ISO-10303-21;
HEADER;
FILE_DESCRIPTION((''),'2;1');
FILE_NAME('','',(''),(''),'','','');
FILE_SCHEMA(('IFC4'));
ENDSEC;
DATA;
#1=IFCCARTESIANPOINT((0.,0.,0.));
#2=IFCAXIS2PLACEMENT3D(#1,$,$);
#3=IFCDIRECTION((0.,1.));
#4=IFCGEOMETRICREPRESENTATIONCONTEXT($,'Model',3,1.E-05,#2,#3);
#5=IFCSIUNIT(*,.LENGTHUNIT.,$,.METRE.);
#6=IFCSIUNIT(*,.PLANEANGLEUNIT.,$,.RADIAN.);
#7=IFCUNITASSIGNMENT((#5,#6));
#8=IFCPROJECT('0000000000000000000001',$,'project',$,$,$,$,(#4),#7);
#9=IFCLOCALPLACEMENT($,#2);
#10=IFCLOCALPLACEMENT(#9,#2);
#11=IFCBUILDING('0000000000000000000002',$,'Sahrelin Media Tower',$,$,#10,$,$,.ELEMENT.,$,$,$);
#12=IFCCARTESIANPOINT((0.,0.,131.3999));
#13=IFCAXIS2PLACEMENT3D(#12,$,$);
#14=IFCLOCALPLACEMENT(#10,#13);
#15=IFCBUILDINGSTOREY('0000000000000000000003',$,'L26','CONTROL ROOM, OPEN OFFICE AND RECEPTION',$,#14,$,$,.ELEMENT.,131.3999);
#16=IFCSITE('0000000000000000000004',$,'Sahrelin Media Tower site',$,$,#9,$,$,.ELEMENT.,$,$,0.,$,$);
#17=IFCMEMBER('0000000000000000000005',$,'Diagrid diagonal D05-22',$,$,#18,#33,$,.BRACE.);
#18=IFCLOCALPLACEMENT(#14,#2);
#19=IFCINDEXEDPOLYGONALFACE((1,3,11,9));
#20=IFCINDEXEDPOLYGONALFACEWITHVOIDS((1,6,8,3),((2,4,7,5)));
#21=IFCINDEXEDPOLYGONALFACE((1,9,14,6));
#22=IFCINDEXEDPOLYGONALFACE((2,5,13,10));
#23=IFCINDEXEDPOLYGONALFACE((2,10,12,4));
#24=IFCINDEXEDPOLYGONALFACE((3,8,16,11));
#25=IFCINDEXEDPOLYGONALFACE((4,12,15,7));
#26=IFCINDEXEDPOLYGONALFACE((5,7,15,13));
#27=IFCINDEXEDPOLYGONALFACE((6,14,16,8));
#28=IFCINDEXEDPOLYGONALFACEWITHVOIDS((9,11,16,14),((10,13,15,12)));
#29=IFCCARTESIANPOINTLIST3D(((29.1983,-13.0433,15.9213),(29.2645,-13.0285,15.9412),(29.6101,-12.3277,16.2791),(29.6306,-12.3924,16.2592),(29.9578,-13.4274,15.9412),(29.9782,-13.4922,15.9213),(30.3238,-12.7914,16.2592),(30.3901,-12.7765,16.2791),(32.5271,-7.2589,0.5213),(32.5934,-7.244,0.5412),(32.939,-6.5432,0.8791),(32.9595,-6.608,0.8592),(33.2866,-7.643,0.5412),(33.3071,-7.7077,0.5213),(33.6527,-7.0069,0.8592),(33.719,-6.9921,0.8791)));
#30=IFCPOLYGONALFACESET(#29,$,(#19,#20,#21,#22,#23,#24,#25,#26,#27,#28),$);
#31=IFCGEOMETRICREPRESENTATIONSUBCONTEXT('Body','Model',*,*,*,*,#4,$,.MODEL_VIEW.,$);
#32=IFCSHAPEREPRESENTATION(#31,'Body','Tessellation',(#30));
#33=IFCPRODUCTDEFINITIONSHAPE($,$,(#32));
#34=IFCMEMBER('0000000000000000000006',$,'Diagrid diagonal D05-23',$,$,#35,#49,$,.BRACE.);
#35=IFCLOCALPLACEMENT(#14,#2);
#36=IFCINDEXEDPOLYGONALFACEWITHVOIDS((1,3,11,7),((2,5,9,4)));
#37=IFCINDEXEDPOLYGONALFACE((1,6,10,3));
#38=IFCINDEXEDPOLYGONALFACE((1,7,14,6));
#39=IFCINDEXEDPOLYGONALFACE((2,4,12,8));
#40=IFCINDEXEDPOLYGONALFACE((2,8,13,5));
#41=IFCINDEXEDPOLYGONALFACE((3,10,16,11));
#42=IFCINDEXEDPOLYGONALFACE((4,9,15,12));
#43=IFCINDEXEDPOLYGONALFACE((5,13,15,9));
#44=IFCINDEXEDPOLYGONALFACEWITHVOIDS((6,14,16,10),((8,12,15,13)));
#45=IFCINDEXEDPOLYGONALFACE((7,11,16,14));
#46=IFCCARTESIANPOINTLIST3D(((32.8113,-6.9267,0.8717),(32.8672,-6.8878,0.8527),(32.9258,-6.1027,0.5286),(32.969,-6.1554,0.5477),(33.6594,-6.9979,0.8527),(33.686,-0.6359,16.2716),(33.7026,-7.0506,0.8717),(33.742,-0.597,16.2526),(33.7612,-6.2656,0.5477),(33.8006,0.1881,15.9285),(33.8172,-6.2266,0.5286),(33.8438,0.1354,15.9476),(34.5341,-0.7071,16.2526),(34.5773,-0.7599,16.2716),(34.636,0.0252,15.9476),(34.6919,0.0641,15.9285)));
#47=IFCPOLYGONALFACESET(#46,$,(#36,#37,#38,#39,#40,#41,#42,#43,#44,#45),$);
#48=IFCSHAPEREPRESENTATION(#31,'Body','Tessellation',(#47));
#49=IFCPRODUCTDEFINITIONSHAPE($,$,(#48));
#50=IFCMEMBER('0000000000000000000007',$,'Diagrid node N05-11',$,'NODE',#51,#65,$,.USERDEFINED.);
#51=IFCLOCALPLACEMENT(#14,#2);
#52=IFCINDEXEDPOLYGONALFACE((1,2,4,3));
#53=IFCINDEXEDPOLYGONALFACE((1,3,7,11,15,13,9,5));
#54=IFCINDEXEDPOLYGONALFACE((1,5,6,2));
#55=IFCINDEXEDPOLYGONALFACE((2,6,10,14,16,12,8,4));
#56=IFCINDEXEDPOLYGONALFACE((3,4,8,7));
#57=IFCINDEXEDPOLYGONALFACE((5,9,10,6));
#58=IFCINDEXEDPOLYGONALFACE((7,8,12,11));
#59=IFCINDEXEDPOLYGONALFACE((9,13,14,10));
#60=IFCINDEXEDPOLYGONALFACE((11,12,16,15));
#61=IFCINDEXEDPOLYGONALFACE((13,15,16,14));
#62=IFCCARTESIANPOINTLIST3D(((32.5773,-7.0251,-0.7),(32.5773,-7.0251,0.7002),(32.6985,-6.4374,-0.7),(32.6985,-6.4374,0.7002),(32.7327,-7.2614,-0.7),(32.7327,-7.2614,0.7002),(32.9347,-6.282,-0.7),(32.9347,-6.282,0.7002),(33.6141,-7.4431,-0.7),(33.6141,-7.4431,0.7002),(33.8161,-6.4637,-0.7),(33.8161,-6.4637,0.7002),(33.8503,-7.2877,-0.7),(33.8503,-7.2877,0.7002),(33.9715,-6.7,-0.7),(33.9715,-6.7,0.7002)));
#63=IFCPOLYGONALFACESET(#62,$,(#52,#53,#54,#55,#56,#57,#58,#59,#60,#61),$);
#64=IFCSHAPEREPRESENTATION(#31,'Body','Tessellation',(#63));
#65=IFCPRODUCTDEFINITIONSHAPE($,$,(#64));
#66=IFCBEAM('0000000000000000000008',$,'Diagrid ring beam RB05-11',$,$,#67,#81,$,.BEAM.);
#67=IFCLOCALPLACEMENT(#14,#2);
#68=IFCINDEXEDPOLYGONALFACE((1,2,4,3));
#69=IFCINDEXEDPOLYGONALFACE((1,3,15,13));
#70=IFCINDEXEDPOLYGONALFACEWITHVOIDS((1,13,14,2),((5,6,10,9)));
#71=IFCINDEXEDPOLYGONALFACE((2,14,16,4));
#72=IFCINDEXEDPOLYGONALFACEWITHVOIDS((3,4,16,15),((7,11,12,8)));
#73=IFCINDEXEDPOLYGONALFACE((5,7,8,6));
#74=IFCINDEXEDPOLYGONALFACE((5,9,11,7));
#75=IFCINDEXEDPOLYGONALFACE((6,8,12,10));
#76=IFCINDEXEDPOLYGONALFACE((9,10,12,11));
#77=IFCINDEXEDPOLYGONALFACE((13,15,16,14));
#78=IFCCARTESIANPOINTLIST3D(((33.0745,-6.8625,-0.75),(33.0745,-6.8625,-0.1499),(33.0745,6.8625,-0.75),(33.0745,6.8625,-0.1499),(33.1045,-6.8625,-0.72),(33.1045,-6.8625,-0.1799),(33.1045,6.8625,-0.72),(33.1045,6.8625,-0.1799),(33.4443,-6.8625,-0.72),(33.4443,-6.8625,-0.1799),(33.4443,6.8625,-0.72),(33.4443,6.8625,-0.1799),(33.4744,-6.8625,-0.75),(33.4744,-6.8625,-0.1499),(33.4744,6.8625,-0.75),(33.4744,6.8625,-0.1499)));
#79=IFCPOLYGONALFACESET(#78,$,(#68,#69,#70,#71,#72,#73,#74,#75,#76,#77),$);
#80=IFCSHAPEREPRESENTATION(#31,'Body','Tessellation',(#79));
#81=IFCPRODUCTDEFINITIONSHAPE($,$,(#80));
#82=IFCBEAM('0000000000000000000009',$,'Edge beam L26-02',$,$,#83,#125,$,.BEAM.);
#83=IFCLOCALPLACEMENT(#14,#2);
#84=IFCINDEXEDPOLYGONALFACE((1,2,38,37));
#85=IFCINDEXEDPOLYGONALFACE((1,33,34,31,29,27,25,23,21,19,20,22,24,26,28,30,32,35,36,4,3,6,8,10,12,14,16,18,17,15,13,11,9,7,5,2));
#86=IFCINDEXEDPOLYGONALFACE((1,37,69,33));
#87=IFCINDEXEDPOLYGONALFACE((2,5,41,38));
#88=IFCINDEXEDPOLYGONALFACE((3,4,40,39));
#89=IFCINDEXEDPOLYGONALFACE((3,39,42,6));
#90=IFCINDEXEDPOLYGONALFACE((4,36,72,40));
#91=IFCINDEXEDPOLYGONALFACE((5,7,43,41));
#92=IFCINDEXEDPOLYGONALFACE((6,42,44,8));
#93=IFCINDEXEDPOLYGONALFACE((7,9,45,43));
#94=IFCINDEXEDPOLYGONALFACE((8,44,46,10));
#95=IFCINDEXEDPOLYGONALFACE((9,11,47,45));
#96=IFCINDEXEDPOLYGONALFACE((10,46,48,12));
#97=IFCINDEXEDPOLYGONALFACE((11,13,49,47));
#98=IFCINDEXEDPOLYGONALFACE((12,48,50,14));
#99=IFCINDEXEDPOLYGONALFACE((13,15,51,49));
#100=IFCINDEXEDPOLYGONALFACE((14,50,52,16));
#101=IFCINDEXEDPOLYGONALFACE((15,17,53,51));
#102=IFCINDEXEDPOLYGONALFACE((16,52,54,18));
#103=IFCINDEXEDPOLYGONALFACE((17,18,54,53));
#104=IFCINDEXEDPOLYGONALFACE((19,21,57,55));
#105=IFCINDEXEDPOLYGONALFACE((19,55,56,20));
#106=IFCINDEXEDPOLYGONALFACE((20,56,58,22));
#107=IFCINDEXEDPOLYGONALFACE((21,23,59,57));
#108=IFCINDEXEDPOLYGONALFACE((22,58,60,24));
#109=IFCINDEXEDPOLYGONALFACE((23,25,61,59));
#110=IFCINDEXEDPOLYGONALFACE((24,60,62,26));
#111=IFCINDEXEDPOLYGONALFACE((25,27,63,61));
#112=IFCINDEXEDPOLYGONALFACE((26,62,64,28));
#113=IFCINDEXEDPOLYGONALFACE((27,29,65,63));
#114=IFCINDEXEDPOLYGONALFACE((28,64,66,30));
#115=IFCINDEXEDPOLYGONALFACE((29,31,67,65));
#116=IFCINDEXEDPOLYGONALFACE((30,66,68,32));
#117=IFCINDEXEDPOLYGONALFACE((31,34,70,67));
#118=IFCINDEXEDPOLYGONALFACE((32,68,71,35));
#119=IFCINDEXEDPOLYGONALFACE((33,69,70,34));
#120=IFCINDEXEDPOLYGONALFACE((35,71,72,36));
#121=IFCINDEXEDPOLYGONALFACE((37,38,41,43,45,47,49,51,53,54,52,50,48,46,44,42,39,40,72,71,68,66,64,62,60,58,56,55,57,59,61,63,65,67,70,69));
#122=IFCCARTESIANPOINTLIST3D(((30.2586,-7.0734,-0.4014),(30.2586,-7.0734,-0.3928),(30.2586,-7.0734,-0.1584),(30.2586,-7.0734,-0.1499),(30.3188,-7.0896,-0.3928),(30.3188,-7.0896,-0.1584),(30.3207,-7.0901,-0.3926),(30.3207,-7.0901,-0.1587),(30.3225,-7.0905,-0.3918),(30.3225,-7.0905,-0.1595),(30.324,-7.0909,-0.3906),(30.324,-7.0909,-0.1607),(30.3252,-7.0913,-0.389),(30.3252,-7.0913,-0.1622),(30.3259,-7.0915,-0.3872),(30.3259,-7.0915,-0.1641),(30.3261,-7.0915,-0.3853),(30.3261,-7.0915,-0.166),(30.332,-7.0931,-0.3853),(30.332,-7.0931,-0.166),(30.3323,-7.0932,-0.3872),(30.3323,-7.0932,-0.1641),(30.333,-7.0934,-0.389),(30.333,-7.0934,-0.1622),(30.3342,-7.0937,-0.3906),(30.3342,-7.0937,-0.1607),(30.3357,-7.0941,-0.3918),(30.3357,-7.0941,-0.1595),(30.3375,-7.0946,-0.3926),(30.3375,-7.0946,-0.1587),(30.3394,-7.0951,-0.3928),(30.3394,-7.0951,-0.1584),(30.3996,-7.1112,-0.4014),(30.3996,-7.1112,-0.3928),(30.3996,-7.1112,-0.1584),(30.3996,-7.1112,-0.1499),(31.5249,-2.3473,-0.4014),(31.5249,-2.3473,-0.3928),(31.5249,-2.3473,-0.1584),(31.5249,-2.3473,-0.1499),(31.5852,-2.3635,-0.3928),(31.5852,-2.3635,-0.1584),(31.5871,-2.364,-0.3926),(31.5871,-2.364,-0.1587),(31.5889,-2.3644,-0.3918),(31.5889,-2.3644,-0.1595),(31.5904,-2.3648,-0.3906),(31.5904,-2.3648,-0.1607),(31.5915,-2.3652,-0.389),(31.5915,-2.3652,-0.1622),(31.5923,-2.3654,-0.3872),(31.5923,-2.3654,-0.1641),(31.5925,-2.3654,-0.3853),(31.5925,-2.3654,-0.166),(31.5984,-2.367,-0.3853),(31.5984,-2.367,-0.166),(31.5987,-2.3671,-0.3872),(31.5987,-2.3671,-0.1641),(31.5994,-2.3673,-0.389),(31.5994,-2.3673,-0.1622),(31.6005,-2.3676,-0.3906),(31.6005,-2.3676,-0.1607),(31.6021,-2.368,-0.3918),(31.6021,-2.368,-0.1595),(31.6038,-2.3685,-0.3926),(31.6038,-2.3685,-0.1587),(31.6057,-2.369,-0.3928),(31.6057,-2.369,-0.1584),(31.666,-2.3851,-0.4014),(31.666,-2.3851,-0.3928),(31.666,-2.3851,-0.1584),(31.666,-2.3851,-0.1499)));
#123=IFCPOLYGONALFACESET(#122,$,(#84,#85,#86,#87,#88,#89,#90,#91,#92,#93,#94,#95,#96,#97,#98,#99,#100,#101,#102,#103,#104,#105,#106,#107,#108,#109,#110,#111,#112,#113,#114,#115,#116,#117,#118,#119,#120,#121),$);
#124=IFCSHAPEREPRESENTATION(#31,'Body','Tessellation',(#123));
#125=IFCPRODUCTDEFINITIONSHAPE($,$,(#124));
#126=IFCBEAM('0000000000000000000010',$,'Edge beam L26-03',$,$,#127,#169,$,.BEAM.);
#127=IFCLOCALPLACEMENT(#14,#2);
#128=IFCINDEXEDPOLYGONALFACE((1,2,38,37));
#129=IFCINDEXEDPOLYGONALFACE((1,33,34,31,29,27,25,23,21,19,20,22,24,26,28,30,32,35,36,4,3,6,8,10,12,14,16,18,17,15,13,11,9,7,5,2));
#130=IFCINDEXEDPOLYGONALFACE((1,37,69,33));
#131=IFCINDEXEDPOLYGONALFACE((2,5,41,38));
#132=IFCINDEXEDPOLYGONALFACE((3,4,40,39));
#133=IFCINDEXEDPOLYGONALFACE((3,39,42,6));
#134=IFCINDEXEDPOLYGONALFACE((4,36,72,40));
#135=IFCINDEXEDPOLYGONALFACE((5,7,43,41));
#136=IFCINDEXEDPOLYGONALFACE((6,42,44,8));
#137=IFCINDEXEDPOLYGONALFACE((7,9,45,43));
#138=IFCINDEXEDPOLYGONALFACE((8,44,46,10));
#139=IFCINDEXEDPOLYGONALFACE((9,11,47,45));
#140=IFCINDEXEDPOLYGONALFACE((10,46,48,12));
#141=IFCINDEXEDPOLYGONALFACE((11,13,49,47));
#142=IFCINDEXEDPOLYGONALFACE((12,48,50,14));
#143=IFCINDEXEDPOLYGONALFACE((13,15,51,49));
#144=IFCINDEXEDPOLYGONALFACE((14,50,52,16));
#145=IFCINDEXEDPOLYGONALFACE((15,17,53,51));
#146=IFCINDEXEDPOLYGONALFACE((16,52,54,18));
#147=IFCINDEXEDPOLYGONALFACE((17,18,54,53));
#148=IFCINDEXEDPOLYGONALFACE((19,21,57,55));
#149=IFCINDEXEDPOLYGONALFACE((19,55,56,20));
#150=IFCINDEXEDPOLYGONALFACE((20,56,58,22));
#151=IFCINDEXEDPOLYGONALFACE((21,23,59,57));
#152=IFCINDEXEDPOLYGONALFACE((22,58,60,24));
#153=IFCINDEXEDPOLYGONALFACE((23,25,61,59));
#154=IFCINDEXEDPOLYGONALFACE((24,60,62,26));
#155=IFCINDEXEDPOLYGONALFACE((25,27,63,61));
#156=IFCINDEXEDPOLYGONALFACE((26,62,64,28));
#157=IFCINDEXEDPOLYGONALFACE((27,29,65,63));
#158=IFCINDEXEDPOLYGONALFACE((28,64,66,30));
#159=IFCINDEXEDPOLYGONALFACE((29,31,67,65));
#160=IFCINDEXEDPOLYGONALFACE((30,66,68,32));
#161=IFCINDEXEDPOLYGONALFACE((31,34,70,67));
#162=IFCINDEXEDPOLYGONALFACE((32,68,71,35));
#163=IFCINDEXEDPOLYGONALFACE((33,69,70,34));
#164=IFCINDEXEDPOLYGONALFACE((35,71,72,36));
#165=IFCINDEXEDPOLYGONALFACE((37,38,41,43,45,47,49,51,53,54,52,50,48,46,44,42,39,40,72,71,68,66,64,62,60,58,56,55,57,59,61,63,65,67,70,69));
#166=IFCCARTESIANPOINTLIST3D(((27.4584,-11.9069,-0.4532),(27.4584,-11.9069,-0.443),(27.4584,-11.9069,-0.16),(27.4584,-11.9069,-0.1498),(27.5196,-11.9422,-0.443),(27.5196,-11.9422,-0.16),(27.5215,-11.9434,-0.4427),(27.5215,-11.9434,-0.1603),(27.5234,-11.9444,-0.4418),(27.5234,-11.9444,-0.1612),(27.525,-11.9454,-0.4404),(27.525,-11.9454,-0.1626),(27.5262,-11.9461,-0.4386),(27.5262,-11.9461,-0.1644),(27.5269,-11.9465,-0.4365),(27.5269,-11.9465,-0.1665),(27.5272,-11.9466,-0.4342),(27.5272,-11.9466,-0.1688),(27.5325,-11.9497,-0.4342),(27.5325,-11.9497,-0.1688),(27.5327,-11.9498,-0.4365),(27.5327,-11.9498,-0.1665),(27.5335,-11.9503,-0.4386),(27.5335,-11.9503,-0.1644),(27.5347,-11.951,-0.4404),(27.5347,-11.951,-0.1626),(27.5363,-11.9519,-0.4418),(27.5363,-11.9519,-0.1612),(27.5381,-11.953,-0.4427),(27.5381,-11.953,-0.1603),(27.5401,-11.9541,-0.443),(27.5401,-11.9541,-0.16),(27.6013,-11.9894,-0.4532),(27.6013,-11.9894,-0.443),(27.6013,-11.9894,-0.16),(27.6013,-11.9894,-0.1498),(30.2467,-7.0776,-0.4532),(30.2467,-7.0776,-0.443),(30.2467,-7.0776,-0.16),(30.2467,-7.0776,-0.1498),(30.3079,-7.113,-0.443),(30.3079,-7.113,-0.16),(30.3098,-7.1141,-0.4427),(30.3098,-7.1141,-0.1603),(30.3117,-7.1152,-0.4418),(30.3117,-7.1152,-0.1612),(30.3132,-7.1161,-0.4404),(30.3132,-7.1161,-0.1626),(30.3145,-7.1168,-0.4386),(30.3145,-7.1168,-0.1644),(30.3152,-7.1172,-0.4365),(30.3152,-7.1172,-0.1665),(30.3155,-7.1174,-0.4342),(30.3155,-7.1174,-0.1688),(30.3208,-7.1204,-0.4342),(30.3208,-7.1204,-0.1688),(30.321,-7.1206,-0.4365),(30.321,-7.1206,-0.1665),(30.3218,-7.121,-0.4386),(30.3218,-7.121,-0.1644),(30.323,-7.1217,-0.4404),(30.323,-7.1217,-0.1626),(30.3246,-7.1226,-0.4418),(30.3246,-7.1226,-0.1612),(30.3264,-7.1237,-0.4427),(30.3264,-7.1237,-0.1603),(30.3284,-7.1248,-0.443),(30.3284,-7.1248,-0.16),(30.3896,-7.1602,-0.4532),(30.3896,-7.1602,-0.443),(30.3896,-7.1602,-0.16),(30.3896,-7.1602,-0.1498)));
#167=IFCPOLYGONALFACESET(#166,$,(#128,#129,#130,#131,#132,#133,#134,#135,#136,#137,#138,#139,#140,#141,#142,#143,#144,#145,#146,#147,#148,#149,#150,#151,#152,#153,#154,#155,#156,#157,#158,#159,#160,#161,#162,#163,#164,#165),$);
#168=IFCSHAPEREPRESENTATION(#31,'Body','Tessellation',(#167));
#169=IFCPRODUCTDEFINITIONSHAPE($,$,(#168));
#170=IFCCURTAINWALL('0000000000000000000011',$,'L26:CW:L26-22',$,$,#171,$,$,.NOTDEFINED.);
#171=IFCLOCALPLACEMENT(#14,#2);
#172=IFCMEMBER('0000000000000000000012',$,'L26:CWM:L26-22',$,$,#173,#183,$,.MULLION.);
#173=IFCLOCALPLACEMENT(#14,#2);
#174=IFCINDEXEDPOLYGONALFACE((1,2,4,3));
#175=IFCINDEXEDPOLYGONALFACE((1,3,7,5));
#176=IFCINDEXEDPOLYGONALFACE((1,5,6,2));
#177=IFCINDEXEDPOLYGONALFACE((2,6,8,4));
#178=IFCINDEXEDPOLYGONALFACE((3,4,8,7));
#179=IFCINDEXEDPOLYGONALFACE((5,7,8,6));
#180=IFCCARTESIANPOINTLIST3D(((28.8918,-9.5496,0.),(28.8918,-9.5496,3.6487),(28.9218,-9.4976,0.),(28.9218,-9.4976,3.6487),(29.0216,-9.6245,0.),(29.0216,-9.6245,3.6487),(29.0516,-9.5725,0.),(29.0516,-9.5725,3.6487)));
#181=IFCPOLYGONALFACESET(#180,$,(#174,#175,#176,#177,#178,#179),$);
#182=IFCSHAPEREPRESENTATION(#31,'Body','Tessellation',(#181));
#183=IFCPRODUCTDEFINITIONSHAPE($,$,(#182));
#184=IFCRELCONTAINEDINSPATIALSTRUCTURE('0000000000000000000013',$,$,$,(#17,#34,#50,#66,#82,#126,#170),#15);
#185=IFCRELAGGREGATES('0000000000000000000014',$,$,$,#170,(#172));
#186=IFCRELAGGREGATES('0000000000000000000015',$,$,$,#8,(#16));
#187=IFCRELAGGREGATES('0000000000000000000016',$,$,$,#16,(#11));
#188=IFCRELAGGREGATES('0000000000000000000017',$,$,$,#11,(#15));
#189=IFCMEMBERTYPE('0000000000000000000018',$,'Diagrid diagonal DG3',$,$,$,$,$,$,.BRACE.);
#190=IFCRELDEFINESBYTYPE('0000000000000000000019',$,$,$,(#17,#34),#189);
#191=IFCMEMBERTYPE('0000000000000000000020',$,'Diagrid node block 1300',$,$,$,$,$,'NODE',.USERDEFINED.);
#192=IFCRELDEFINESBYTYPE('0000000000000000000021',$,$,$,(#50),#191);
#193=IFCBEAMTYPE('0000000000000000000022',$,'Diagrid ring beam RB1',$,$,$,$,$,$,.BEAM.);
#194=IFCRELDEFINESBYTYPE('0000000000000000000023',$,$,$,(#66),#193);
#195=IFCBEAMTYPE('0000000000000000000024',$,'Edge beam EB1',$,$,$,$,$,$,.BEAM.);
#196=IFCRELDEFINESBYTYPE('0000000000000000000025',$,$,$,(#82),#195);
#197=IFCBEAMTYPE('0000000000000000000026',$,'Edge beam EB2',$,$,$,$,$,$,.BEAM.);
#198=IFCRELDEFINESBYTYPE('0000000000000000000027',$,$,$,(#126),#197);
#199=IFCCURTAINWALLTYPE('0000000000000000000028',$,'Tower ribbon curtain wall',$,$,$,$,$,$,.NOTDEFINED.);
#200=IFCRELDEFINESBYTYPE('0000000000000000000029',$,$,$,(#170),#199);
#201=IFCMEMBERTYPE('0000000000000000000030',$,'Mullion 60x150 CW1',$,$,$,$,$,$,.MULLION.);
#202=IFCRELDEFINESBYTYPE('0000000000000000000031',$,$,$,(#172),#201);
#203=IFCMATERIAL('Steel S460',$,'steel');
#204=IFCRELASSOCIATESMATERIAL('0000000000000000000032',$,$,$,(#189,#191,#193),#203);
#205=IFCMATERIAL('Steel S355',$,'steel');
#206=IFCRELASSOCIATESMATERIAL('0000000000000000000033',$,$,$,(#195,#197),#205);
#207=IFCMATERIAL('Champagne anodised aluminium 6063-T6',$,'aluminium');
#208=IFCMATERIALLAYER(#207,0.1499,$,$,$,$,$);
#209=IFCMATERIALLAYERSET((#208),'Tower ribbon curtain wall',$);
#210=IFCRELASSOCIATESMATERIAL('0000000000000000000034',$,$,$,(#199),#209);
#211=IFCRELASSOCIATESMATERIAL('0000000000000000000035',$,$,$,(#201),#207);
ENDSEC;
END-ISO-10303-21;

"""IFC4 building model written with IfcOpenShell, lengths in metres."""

from ifc_helpers import new_model, si_unit, direction, frame, origin, origin_2d, place, context, subcontext, project, spatial, polyline, rectangle, hollow_rectangle, i_section, outline, extrude, material, layer, layer_set, material_profile, profile_set, type_object, element, aggregate, save


model = new_model("IFC4")

# Units and contexts
model_context = context("Model", 3, precision=1e-05, world=origin(), true_north=direction((0.0, 1.0)))
body_context = subcontext(model_context, "Body", "Model", "MODEL_VIEW")
ifc_project = project(units=[si_unit("LENGTHUNIT", "METRE"), si_unit("PLANEANGLEUNIT", "RADIAN")], contexts=[model_context])

# Site, building, storey
site_placement = place(None, origin())
site = spatial("IfcSite", under=ifc_project, at=site_placement, Name="Sahrelin Media Tower site", CompositionType="ELEMENT", RefElevation=0.0)
building_placement = place(site_placement, origin())
building = spatial("IfcBuilding", under=site, at=building_placement, Name="Sahrelin Media Tower", CompositionType="ELEMENT")
storey_placement = place(building_placement, frame((0.0, 0.0, 131.3999)))
storey = spatial("IfcBuildingStorey", under=building, at=storey_placement, Name="L26", Description="CONTROL ROOM, OPEN OFFICE AND RECEPTION", CompositionType="ELEMENT", Elevation=131.3999)

# Members
ifc_material_1 = material(Name="Steel S460", Category="steel")
ifc_material_profile_1 = material_profile(ifc_material_1, hollow_rectangle(XDim=0.8999, YDim=0.8999, WallThickness=0.05, at=origin_2d()), Name="Diagrid diagonal DG3")
ifc_profile_set_1 = profile_set([ifc_material_profile_1], Name="Steel S460")
member_type_1 = type_object("IfcMemberType", Name="Diagrid diagonal DG3", PredefinedType="BRACE", material=ifc_profile_set_1)
member_1_placement = place(storey_placement, frame((33.123, -7.1255, 0.7002), z_axis=(-0.198337, -0.344642, 0.917543), x_axis=(0.866724, -0.498788, 0.0)))
element("IfcMember", 1, at=member_1_placement, inside=storey, type_object=member_type_1, Name="Diagrid diagonal D05-22", PredefinedType="BRACE", context=body_context, shape_type="SweptSolid", body=[
    extrude(hollow_rectangle(XDim=0.8999, YDim=0.8999, WallThickness=0.05, at=origin_2d()), origin(), (0.0, 0.0, 1.0), 16.7839),
])
member_2_placement = place(storey_placement, frame((33.3142, -6.5767, 0.7002), z_axis=(0.052512, 0.377638, 0.924463), x_axis=(-0.99047, 0.137729, 0.0)))
element("IfcMember", 2, at=member_2_placement, inside=storey, type_object=member_type_1, Name="Diagrid diagonal D05-23", PredefinedType="BRACE", context=body_context, shape_type="SweptSolid", body=[
    extrude(hollow_rectangle(XDim=0.8999, YDim=0.8999, WallThickness=0.05, at=origin_2d()), origin(), (0.0, 0.0, 1.0), 16.6582),
])
ifc_material_profile_2 = material_profile(ifc_material_1, outline(polyline([(0.45, -0.5), (0.6499, -0.3), (0.6499, 0.3), (0.45, 0.5), (-0.45, 0.5), (-0.6499, 0.3), (-0.6499, -0.3), (-0.45, -0.5), (0.45, -0.5)])), Name="Diagrid node block 1300")
ifc_profile_set_2 = profile_set([ifc_material_profile_2], Name="Steel S460")
member_type_2 = type_object("IfcMemberType", Name="Diagrid node block 1300", ElementType="NODE", PredefinedType="USERDEFINED", material=ifc_profile_set_2)
member_3_placement = place(storey_placement, frame((33.2744, -6.8625, -0.7), z_axis=(0.0, 0.0, 1.0), x_axis=(0.979388, -0.201989, 0.0)))
element("IfcMember", 3, at=member_3_placement, inside=storey, type_object=member_type_2, Name="Diagrid node N05-11", ObjectType="NODE", PredefinedType="USERDEFINED", context=body_context, shape_type="SweptSolid", body=[
    extrude(outline(polyline([(0.45, -0.5), (0.6499, -0.3), (0.6499, 0.3), (0.45, 0.5), (-0.45, 0.5), (-0.6499, 0.3), (-0.6499, -0.3), (-0.45, -0.5), (0.45, -0.5)])), origin(), (0.0, 0.0, 1.0), 1.4001),
])

# Beams
ifc_material_profile_3 = material_profile(ifc_material_1, hollow_rectangle(XDim=0.3999, YDim=0.6001, WallThickness=0.03, at=origin_2d()), Name="Diagrid ring beam RB1")
ifc_profile_set_3 = profile_set([ifc_material_profile_3], Name="Steel S460")
beam_type_1 = type_object("IfcBeamType", Name="Diagrid ring beam RB1", PredefinedType="BEAM", material=ifc_profile_set_3)
beam_1_placement = place(storey_placement, frame((33.2744, -6.8625, -0.45), z_axis=(0.0, 1.0, 0.0), x_axis=(-1.0, 0.0, 0.0)))
element("IfcBeam", 4, at=beam_1_placement, inside=storey, type_object=beam_type_1, Name="Diagrid ring beam RB05-11", PredefinedType="BEAM", context=body_context, shape_type="SweptSolid", body=[
    extrude(hollow_rectangle(XDim=0.3999, YDim=0.6001, WallThickness=0.03, at=origin_2d()), origin(), (0.0, 0.0, 1.0), 13.7251),
])
ifc_material_2 = material(Name="Steel S355", Category="steel")
ifc_material_profile_4 = material_profile(ifc_material_2, i_section(OverallWidth=0.146, OverallDepth=0.2515, WebThickness=0.0061, FlangeThickness=0.0085, FilletRadius=0.0076, at=origin_2d()), Name="UB 254x146x31")
ifc_profile_set_4 = profile_set([ifc_material_profile_4], Name="Steel S355")
beam_type_2 = type_object("IfcBeamType", Name="Edge beam EB1", PredefinedType="BEAM", material=ifc_profile_set_4)
beam_2_placement = place(storey_placement, frame((31.5955, -2.3662, -0.2756), z_axis=(-0.258821, -0.965925, 0.0), x_axis=(0.965925, -0.258821, 0.0)))
element("IfcBeam", 5, at=beam_2_placement, inside=storey, type_object=beam_type_2, Name="Edge beam L26-02", PredefinedType="BEAM", context=body_context, shape_type="SweptSolid", body=[
    extrude(i_section(OverallWidth=0.146, OverallDepth=0.2515, WebThickness=0.0061, FlangeThickness=0.0085, FilletRadius=0.0076, at=origin_2d()), origin(), (0.0, 0.0, 1.0), 4.8928),
])
ifc_material_profile_5 = material_profile(ifc_material_2, i_section(OverallWidth=0.165, OverallDepth=0.3035, WebThickness=0.0061, FlangeThickness=0.0103, FilletRadius=0.0088, at=origin_2d()), Name="UB 305x165x40")
ifc_profile_set_5 = profile_set([ifc_material_profile_5], Name="Steel S355")
beam_type_3 = type_object("IfcBeamType", Name="Edge beam EB2", PredefinedType="BEAM", material=ifc_profile_set_5)
beam_3_placement = place(storey_placement, frame((30.3181, -7.1189, -0.3015), z_axis=(-0.500014, -0.866017, 0.0), x_axis=(0.866017, -0.500014, 0.0)))
element("IfcBeam", 6, at=beam_3_placement, inside=storey, type_object=beam_type_3, Name="Edge beam L26-03", PredefinedType="BEAM", context=body_context, shape_type="SweptSolid", body=[
    extrude(i_section(OverallWidth=0.165, OverallDepth=0.3035, WebThickness=0.0061, FlangeThickness=0.0103, FilletRadius=0.0088, at=origin_2d()), origin(), (0.0, 0.0, 1.0), 5.5764),
])

# Curtain wall, member
ifc_material_3 = material(Name="Champagne anodised aluminium 6063-T6", Category="aluminium")
ifc_layer_1 = layer(ifc_material_3, 0.1499)
ifc_layer_set_1 = layer_set([ifc_layer_1], Name="Tower ribbon curtain wall")
curtain_wall_type = type_object("IfcCurtainWallType", Name="Tower ribbon curtain wall", PredefinedType="NOTDEFINED", material=ifc_layer_set_1)
curtain_wall_1_placement = place(storey_placement, frame((29.054, -9.6086, 0.0), z_axis=(0.0, 0.0, 1.0), x_axis=(1.0, 0.0, 0.0)))
curtain_wall_1 = element("IfcCurtainWall", 7, at=curtain_wall_1_placement, inside=storey, type_object=curtain_wall_type, Name="L26:CW:L26-22", PredefinedType="NOTDEFINED")
ifc_material_profile_6 = material_profile(ifc_material_3, rectangle(XDim=0.0601, YDim=0.1499, at=origin_2d()), Name="Mullion 60x150")
ifc_profile_set_6 = profile_set([ifc_material_profile_6], Name="Champagne anodised aluminium 6063-T6")
member_type_3 = type_object("IfcMemberType", Name="Mullion 60x150 CW1", PredefinedType="MULLION", material=ifc_profile_set_6)
member_4_placement = place(storey_placement, frame((28.9717, -9.561, 0.0), z_axis=(0.0, 0.0, 1.0), x_axis=(0.500006, 0.866022, 0.0)))
member_4 = element("IfcMember", 8, at=member_4_placement, type_object=member_type_3, Name="L26:CWM:L26-22", PredefinedType="MULLION", context=body_context, shape_type="SweptSolid", body=[
    extrude(rectangle(XDim=0.0601, YDim=0.1499, at=origin_2d()), origin(), (0.0, 0.0, 1.0), 3.6487),
])
aggregate(curtain_wall_1, [member_4])

save(model, "model.ifc")
